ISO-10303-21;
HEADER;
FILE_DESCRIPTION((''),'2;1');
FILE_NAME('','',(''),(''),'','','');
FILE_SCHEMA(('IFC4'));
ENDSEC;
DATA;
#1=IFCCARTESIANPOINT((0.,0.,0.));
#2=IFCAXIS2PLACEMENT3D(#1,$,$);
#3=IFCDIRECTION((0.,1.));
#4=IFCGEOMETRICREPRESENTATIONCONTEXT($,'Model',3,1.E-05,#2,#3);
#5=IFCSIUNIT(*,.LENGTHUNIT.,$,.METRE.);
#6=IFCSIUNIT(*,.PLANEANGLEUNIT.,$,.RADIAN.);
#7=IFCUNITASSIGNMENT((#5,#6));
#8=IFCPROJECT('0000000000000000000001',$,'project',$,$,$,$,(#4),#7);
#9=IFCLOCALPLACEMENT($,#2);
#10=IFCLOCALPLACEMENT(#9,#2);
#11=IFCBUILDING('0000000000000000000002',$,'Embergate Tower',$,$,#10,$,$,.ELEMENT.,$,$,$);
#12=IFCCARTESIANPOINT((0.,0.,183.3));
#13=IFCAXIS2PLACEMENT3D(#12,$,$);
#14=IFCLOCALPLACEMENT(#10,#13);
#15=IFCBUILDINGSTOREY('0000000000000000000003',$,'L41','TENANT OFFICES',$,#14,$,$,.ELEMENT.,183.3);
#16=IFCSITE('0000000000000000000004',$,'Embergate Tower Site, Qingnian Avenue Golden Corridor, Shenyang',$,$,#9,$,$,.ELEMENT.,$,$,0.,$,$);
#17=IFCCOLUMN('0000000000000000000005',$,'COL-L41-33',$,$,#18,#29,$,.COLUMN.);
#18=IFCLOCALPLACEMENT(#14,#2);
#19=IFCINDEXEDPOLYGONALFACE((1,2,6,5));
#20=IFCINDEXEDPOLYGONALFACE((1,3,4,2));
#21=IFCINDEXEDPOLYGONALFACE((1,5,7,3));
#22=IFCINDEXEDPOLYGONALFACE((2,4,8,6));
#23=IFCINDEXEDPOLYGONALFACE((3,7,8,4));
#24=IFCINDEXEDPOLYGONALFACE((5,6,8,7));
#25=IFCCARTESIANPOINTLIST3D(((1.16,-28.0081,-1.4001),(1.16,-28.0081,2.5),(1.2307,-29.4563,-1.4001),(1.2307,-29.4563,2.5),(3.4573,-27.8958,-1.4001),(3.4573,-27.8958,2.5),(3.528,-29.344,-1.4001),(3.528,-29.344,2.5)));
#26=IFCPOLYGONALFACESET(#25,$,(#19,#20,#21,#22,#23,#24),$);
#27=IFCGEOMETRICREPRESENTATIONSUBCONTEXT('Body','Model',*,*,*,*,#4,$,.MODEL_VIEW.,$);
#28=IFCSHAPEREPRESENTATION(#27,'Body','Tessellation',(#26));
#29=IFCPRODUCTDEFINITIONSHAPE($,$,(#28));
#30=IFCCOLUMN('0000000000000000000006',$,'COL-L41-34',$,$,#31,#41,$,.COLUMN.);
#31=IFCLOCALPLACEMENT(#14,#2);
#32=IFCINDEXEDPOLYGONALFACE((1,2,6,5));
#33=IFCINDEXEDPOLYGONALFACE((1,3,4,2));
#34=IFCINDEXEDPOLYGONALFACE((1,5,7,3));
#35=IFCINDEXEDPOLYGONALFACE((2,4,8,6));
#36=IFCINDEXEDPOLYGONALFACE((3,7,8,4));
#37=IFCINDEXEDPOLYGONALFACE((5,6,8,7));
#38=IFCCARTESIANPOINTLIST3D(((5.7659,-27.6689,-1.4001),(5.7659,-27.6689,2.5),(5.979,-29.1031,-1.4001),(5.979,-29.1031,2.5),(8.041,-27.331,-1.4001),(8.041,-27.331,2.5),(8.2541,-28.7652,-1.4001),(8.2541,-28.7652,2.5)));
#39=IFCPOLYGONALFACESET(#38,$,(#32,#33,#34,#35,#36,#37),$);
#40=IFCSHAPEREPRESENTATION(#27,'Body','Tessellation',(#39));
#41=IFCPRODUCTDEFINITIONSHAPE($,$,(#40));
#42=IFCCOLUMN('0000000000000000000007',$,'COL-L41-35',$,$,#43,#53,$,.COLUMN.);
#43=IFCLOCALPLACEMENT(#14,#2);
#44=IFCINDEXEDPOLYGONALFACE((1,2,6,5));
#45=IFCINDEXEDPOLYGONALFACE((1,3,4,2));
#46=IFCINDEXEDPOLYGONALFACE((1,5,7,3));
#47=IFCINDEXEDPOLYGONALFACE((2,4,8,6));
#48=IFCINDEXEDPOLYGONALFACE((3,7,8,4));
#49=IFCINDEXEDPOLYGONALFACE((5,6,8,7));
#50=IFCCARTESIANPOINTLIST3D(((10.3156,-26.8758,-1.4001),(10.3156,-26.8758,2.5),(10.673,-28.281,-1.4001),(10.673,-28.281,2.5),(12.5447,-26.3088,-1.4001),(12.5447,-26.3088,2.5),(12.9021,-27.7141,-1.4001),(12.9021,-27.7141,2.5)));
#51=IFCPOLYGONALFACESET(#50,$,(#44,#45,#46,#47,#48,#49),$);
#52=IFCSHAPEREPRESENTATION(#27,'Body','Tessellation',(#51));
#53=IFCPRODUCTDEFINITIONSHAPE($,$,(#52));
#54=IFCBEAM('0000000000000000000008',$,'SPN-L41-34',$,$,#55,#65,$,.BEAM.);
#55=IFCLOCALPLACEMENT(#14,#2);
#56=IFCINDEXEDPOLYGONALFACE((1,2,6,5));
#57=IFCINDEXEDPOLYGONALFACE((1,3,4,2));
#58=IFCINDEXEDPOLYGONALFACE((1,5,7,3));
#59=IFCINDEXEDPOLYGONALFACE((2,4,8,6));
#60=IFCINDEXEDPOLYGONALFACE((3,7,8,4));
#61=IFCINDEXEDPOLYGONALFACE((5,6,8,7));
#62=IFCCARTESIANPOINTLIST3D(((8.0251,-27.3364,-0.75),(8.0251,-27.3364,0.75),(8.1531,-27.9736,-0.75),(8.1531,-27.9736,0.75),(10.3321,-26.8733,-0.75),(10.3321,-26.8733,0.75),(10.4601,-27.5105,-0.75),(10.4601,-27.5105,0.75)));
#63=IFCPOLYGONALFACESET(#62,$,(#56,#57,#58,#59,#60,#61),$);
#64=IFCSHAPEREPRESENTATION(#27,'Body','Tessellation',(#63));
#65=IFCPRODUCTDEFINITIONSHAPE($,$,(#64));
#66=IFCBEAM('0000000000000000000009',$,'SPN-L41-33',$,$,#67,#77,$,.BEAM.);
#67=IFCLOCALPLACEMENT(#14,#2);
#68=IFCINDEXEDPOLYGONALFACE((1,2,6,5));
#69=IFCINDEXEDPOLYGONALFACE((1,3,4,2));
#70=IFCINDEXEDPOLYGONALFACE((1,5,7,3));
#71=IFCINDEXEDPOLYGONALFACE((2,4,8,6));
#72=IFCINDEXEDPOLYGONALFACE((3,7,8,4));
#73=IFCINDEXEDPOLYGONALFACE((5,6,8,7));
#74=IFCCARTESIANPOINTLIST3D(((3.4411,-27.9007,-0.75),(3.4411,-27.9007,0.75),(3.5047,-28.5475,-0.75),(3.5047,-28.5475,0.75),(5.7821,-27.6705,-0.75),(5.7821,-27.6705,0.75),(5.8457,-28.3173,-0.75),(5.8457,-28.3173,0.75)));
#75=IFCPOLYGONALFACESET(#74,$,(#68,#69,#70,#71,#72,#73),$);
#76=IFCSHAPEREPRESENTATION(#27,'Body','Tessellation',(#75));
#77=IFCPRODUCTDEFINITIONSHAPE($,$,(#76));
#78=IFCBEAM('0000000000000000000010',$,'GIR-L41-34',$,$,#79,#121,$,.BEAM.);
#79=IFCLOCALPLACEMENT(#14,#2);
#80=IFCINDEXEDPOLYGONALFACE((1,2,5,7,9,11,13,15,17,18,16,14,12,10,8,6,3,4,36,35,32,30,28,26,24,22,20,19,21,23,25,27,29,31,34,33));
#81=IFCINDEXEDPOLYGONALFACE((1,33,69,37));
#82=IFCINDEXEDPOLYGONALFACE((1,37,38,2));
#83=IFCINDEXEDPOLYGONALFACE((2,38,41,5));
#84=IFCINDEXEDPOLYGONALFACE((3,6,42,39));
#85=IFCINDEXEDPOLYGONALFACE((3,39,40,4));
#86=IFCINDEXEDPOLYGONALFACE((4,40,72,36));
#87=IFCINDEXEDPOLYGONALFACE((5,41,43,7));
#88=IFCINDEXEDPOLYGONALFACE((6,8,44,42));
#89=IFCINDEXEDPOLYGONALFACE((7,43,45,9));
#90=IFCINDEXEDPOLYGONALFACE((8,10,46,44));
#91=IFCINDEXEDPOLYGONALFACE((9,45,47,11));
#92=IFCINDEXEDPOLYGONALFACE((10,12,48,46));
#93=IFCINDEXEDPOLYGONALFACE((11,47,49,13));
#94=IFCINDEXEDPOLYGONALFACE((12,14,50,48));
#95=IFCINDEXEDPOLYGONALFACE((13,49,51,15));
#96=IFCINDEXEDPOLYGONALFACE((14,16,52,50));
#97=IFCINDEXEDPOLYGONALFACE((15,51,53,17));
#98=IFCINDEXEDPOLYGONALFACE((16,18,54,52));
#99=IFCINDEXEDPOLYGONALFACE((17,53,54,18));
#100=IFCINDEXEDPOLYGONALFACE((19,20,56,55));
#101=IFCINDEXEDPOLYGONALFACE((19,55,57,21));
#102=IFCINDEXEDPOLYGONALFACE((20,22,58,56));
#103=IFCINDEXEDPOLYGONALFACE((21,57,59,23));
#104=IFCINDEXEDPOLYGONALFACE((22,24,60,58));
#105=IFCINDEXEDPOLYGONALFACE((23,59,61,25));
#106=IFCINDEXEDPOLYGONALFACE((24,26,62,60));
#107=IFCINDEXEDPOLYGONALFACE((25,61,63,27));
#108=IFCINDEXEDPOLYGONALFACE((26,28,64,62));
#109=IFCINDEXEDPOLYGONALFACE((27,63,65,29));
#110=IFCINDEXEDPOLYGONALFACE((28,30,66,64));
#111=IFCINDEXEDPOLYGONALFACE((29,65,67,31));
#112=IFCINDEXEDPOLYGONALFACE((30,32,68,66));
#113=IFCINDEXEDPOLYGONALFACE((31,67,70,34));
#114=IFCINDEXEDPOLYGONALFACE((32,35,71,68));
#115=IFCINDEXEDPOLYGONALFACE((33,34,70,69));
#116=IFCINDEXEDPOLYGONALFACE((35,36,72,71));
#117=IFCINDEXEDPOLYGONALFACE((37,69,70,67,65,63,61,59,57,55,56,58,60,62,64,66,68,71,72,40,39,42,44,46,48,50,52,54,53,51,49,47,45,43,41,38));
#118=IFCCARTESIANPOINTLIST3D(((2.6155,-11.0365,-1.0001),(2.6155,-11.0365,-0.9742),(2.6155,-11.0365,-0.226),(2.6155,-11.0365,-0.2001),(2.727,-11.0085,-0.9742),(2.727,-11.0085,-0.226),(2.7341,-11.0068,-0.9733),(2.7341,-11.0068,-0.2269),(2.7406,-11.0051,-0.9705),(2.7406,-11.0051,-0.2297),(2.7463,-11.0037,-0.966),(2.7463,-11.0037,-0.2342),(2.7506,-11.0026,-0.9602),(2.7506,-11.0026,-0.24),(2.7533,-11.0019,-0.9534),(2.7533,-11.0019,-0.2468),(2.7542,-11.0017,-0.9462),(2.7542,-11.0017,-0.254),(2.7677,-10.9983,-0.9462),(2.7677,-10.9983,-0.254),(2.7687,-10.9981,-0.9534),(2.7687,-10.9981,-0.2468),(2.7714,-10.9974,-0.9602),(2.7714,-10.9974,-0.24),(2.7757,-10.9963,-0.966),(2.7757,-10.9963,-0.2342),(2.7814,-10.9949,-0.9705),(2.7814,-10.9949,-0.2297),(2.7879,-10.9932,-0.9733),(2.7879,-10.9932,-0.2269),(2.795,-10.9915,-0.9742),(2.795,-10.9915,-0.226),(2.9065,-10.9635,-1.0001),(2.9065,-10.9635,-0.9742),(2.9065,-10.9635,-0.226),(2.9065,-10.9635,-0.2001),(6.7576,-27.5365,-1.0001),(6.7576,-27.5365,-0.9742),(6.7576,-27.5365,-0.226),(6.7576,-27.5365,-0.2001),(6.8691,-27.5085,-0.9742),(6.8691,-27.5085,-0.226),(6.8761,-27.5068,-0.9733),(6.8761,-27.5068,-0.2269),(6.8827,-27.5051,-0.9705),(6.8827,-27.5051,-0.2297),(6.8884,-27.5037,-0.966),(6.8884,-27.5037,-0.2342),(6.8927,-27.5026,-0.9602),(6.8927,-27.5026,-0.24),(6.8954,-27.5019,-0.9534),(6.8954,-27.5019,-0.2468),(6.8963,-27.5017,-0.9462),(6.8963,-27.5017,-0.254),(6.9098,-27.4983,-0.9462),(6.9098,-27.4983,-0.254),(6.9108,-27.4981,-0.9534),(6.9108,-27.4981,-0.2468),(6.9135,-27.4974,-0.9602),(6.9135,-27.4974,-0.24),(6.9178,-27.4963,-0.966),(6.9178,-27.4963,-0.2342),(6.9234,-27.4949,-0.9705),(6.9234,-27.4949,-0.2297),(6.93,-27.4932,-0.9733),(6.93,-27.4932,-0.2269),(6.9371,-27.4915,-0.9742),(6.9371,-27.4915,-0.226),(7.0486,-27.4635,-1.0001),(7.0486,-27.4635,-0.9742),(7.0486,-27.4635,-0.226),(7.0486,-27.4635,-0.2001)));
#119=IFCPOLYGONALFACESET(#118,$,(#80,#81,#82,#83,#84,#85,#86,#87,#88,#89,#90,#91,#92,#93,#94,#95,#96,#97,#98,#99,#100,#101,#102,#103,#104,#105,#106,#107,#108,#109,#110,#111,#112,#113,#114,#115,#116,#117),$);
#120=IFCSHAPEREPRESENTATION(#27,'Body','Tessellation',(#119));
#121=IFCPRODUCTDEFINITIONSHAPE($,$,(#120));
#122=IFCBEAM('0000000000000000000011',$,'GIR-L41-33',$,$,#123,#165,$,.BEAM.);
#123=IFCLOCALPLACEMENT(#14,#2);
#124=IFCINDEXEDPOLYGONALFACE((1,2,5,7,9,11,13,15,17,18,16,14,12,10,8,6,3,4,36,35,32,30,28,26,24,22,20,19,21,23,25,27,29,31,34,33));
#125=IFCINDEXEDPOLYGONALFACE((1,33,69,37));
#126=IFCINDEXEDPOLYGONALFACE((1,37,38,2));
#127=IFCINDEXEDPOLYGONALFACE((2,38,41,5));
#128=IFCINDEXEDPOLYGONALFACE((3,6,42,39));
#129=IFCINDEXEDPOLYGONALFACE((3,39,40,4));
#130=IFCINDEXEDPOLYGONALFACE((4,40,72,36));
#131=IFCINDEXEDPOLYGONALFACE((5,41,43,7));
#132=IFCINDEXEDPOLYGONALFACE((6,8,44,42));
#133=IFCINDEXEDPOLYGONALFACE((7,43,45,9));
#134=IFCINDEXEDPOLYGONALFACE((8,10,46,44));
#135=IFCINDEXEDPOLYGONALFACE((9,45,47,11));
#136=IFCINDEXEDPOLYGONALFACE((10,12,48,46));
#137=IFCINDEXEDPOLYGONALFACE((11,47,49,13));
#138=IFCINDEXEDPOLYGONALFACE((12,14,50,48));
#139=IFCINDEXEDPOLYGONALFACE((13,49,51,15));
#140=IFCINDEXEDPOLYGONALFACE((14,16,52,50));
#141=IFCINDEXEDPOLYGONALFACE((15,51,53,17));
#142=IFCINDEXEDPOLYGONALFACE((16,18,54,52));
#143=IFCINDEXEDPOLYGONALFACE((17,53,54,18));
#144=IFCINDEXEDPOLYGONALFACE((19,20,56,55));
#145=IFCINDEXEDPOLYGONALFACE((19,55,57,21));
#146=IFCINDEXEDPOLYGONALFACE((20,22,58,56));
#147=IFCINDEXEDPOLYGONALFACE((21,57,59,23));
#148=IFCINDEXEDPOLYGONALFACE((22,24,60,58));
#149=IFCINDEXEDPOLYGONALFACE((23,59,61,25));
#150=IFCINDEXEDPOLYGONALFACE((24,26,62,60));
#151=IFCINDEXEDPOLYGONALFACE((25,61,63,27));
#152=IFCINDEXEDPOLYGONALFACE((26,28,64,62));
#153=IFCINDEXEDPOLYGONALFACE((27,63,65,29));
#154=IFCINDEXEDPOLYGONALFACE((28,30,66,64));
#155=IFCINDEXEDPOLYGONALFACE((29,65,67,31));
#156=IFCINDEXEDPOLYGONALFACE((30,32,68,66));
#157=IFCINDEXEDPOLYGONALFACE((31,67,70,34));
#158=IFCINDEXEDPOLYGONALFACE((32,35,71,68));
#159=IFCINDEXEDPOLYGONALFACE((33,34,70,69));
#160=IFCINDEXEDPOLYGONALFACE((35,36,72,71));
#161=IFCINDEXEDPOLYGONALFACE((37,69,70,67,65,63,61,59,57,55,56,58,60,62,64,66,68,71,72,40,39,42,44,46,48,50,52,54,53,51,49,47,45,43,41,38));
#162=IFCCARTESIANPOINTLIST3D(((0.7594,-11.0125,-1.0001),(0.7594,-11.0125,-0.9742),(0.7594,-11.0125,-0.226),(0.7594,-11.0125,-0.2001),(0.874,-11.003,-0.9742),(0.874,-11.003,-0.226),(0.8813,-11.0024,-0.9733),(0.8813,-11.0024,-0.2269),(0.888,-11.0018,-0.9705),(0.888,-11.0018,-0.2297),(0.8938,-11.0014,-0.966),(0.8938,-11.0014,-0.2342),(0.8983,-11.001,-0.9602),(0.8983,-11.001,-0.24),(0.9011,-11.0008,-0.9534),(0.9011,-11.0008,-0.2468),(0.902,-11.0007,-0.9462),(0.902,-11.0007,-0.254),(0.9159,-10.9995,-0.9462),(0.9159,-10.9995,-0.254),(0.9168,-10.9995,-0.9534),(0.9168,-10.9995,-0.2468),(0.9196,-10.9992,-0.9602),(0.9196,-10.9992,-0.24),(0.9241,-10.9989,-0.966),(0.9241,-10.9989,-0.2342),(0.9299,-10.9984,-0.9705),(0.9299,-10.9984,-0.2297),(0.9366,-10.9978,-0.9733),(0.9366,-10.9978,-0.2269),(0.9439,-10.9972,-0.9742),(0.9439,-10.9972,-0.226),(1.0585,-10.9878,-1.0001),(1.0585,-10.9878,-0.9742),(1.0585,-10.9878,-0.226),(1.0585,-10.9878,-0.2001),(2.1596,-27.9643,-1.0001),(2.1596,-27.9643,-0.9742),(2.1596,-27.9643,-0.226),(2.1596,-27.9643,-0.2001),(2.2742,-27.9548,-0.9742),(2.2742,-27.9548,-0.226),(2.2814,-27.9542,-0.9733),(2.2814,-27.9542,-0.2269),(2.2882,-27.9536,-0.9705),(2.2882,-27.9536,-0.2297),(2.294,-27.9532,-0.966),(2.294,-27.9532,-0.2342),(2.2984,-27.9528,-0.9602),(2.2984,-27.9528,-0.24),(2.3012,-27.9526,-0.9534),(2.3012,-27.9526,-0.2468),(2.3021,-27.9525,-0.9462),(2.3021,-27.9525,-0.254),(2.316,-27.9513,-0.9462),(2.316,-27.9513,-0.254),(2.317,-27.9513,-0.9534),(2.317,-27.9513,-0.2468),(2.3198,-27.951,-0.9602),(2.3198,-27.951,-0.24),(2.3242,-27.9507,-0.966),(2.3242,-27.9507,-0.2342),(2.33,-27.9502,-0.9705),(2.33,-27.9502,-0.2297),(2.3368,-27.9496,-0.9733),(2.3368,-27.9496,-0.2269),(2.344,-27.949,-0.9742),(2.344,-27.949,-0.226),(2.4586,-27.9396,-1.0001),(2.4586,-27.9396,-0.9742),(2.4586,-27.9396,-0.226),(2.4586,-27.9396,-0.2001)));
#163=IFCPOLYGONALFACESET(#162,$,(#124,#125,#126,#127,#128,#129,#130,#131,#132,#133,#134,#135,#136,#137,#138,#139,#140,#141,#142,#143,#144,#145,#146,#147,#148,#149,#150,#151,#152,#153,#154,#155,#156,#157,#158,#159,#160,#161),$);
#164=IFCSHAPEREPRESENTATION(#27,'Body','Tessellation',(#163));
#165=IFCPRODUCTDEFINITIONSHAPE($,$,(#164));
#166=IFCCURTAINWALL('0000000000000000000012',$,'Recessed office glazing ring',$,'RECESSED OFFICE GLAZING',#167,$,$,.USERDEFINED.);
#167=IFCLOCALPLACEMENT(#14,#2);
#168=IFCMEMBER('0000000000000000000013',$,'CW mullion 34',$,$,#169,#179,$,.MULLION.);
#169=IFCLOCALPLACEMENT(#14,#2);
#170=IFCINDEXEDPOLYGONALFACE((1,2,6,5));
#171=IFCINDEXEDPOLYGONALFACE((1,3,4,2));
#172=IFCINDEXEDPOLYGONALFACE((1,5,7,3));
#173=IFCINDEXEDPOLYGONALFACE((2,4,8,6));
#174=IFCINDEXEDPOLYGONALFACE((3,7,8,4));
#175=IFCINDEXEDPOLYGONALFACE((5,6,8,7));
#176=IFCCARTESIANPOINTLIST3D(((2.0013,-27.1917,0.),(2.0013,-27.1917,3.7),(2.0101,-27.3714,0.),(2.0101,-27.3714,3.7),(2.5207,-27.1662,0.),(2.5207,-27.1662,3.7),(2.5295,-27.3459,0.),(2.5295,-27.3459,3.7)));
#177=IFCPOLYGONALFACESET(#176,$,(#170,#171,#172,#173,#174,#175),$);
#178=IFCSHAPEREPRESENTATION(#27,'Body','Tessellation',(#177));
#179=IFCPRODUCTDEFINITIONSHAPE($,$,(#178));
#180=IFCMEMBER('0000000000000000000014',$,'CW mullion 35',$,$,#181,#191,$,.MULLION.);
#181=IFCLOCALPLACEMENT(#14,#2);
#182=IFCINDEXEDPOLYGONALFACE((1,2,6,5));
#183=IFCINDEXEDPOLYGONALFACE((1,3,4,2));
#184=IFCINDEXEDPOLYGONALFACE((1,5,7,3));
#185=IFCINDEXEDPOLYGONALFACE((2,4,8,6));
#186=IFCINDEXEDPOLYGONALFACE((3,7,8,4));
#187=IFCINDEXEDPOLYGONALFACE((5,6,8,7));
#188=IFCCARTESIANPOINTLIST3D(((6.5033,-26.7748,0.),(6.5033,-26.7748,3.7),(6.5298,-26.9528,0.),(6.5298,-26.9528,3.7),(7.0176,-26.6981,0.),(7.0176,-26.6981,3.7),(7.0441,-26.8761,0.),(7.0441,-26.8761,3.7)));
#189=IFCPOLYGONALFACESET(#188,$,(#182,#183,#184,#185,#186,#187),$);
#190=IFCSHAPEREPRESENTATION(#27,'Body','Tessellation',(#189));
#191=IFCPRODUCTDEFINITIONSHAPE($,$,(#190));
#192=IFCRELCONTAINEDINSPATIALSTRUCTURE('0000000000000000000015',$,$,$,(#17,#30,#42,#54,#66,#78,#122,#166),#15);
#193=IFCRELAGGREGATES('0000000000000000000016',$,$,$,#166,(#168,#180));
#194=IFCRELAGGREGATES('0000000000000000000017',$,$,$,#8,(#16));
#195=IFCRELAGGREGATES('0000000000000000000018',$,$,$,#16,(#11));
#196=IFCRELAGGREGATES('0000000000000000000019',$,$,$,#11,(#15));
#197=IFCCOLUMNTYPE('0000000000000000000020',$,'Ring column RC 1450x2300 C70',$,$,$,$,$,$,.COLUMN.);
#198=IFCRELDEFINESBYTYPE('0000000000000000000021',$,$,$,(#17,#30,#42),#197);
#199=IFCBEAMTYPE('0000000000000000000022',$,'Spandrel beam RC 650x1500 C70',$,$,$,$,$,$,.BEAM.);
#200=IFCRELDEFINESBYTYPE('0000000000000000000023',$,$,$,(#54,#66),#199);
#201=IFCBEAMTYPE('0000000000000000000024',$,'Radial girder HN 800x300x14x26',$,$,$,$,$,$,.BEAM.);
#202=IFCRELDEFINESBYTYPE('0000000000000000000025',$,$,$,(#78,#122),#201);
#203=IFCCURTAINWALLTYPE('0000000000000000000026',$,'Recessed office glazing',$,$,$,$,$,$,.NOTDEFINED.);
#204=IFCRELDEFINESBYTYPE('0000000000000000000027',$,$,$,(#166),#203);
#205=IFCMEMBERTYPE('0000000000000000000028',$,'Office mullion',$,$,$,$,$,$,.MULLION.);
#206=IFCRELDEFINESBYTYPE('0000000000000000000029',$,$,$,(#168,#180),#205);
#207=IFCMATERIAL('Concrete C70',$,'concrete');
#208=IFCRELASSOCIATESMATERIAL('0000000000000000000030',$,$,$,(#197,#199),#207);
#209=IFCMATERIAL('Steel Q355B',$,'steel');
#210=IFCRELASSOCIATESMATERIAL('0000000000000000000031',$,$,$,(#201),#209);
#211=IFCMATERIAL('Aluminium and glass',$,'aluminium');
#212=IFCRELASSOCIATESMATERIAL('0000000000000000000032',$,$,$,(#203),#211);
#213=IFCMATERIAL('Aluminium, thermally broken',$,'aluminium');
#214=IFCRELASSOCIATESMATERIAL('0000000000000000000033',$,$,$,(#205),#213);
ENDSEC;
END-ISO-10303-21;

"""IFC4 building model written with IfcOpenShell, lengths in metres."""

from ifc_helpers import new_model, si_unit, direction, frame, origin, origin_2d, place, context, subcontext, project, spatial, rectangle, i_section, extrude, source, transform, mapped, material, material_profile, profile_set, type_object, element, aggregate, save


model = new_model("IFC4")

# Units and contexts
model_context = context("Model", 3, precision=1e-05, world=origin(), true_north=direction((0.0, 1.0)))
body_context = subcontext(model_context, "Body", "Model", "MODEL_VIEW")
ifc_project = project(units=[si_unit("LENGTHUNIT", "METRE"), si_unit("PLANEANGLEUNIT", "RADIAN")], contexts=[model_context])

# Site, building, storey
site_placement = place(None, origin())
site = spatial("IfcSite", under=ifc_project, at=site_placement, Name="Embergate Tower Site, Qingnian Avenue Golden Corridor, Shenyang", CompositionType="ELEMENT", RefElevation=0.0)
building_placement = place(site_placement, origin())
building = spatial("IfcBuilding", under=site, at=building_placement, Name="Embergate Tower", CompositionType="ELEMENT")
storey_placement = place(building_placement, frame((0.0, 0.0, 183.3)))
storey = spatial("IfcBuildingStorey", under=building, at=storey_placement, Name="L41", Description="TENANT OFFICES", CompositionType="ELEMENT", Elevation=183.3)

# Columns
ifc_material_1 = material(Name="Concrete C70", Category="concrete")
ifc_material_profile_1 = material_profile(ifc_material_1, rectangle(XDim=1.45, YDim=2.3, at=origin_2d()), Name="RC 1450x2300")
ifc_profile_set_1 = profile_set([ifc_material_profile_1], Name="Concrete C70")
column_type = type_object("IfcColumnType", Name="Ring column RC 1450x2300 C70", PredefinedType="COLUMN", material=ifc_profile_set_1)
shared_shape_1 = source(origin(), body_context, "Body", "SweptSolid", [
    extrude(rectangle(XDim=1.45, YDim=2.3, at=origin_2d()), origin(), (0.0, 0.0, 1.0), 3.9001),
])
for number, where, z_axis, x_axis, name in (
    (1, (2.344, -28.676, -1.4001), (0.0, 0.0, 1.0), (0.048815, -0.998808, 0.0), "COL-L41-33"),
    (2, (7.01, -28.217, -1.4001), (0.0, 0.0, 1.0), (0.146929, -0.989147, 0.0), "COL-L41-34"),
    (3, (11.6089, -27.2949, -1.4001), (0.0, 0.0, 1.0), (0.246492, -0.969145, 0.0), "COL-L41-35"),
):
    element("IfcColumn", number, at=place(storey_placement, frame(where, z_axis=z_axis, x_axis=x_axis)), inside=storey, type_object=column_type, Name=name, PredefinedType="COLUMN", context=body_context, shape_type="MappedRepresentation", body=[
        mapped(shared_shape_1, transform((0.0, 0.0, 0.0))),
    ])

# Beams
ifc_material_profile_2 = material_profile(ifc_material_1, rectangle(XDim=0.6499, YDim=1.5, at=origin_2d()), Name="RC 650x1500")
ifc_profile_set_2 = profile_set([ifc_material_profile_2], Name="Concrete C70")
beam_type_1 = type_object("IfcBeamType", Name="Spandrel beam RC 650x1500 C70", PredefinedType="BEAM", material=ifc_profile_set_2)
shared_shape_2 = source(origin(), body_context, "Body", "SweptSolid", [
    extrude(rectangle(XDim=0.6499, YDim=1.5, at=origin_2d()), origin(), (0.0, 0.0, 1.0), 2.353),
])
beam_1_placement = place(storey_placement, frame((8.0891, -27.655, 0.0), z_axis=(0.980437, 0.196834, 0.0), x_axis=(-0.196834, 0.980437, 0.0)))
element("IfcBeam", 4, at=beam_1_placement, inside=storey, type_object=beam_type_1, Name="SPN-L41-34", PredefinedType="BEAM", context=body_context, shape_type="MappedRepresentation", body=[
    mapped(shared_shape_2, transform((0.0, 0.0, 0.0))),
])
shared_shape_3 = source(origin(), body_context, "Body", "SweptSolid", [
    extrude(rectangle(XDim=0.6499, YDim=1.5, at=origin_2d()), origin(), (0.0, 0.0, 1.0), 2.3523),
])
beam_2_placement = place(storey_placement, frame((3.4729, -28.2241, 0.0), z_axis=(0.995199, 0.09787, 0.0), x_axis=(-0.09787, 0.995199, 0.0)))
element("IfcBeam", 5, at=beam_2_placement, inside=storey, type_object=beam_type_1, Name="SPN-L41-33", PredefinedType="BEAM", context=body_context, shape_type="MappedRepresentation", body=[
    mapped(shared_shape_3, transform((0.0, 0.0, 0.0))),
])
ifc_material_2 = material(Name="Steel Q355B", Category="steel")
ifc_material_profile_3 = material_profile(ifc_material_2, i_section(OverallWidth=0.3, OverallDepth=0.8, WebThickness=0.0139, FlangeThickness=0.0259, FilletRadius=0.0281, at=origin_2d()), Name="HN 800x300x14x26")
ifc_profile_set_3 = profile_set([ifc_material_profile_3], Name="Steel Q355 grade B")
beam_type_2 = type_object("IfcBeamType", Name="Radial girder HN 800x300x14x26", PredefinedType="BEAM", material=ifc_profile_set_3)
shared_shape_4 = source(origin(), body_context, "Body", "SweptSolid", [
    extrude(i_section(OverallWidth=0.3, OverallDepth=0.8, WebThickness=0.0139, FlangeThickness=0.0259, FilletRadius=0.0281, at=origin_2d()), origin(), (0.0, 0.0, 1.0), 17.012),
])
beam_3_placement = place(storey_placement, frame((6.9031, -27.5, -0.6001), z_axis=(-0.243481, 0.969906, 0.0), x_axis=(-0.969906, -0.243481, 0.0)))
element("IfcBeam", 6, at=beam_3_placement, inside=storey, type_object=beam_type_2, Name="GIR-L41-34", PredefinedType="BEAM", context=body_context, shape_type="MappedRepresentation", body=[
    mapped(shared_shape_4, transform((0.0, 0.0, 0.0))),
])
shared_shape_5 = source(origin(), body_context, "Body", "SweptSolid", [
    extrude(i_section(OverallWidth=0.3, OverallDepth=0.8, WebThickness=0.0139, FlangeThickness=0.0259, FilletRadius=0.0281, at=origin_2d()), origin(), (0.0, 0.0, 1.0), 17.0095),
])
beam_4_placement = place(storey_placement, frame((2.3091, -27.9519, -0.6001), z_axis=(-0.082315, 0.996606, 0.0), x_axis=(-0.996606, -0.082315, 0.0)))
element("IfcBeam", 7, at=beam_4_placement, inside=storey, type_object=beam_type_2, Name="GIR-L41-33", PredefinedType="BEAM", context=body_context, shape_type="MappedRepresentation", body=[
    mapped(shared_shape_5, transform((0.0, 0.0, 0.0))),
])

# Curtain wall, members
ifc_material_3 = material(Name="Aluminium and glass", Category="aluminium")
curtain_wall_type = type_object("IfcCurtainWallType", Name="Recessed office glazing", PredefinedType="NOTDEFINED", material=ifc_material_3)
curtain_wall_placement = place(storey_placement, origin())
curtain_wall = element("IfcCurtainWall", 8, at=curtain_wall_placement, inside=storey, type_object=curtain_wall_type, Name="Recessed office glazing ring", ObjectType="RECESSED OFFICE GLAZING", PredefinedType="USERDEFINED")
ifc_material_4 = material(Name="Aluminium, thermally broken", Category="aluminium")
ifc_material_profile_4 = material_profile(ifc_material_4, rectangle(XDim=0.1799, YDim=0.52, at=origin_2d()), Name="AL 520x180")
ifc_profile_set_4 = profile_set([ifc_material_profile_4], Name="Aluminium, thermally broken")
member_type_1 = type_object("IfcMemberType", Name="Office mullion", PredefinedType="MULLION", material=ifc_profile_set_4)
shared_shape_6 = source(origin(), body_context, "Body", "SweptSolid", [
    extrude(rectangle(XDim=0.1799, YDim=0.52, at=origin_2d()), origin(), (0.0, 0.0, 1.0), 3.7),
])
member_1_placement = place(storey_placement, frame((2.2654, -27.2688, 0.0), z_axis=(0.0, 0.0, 1.0), x_axis=(-0.048972, 0.9988, 0.0)))
member_1 = element("IfcMember", 9, at=member_1_placement, type_object=member_type_1, Name="CW mullion 34", PredefinedType="MULLION", context=body_context, shape_type="MappedRepresentation", body=[
    mapped(shared_shape_6, transform((0.0, 0.0, 0.0))),
])
member_2_placement = place(storey_placement, frame((6.7737, -26.8254, 0.0), z_axis=(0.0, 0.0, 1.0), x_axis=(-0.147412, 0.989075, 0.0)))
member_2 = element("IfcMember", 10, at=member_2_placement, type_object=member_type_1, Name="CW mullion 35", PredefinedType="MULLION", context=body_context, shape_type="MappedRepresentation", body=[
    mapped(shared_shape_6, transform((0.0, 0.0, 0.0))),
])
aggregate(curtain_wall, [member_1, member_2])

save(model, "model.ifc")
